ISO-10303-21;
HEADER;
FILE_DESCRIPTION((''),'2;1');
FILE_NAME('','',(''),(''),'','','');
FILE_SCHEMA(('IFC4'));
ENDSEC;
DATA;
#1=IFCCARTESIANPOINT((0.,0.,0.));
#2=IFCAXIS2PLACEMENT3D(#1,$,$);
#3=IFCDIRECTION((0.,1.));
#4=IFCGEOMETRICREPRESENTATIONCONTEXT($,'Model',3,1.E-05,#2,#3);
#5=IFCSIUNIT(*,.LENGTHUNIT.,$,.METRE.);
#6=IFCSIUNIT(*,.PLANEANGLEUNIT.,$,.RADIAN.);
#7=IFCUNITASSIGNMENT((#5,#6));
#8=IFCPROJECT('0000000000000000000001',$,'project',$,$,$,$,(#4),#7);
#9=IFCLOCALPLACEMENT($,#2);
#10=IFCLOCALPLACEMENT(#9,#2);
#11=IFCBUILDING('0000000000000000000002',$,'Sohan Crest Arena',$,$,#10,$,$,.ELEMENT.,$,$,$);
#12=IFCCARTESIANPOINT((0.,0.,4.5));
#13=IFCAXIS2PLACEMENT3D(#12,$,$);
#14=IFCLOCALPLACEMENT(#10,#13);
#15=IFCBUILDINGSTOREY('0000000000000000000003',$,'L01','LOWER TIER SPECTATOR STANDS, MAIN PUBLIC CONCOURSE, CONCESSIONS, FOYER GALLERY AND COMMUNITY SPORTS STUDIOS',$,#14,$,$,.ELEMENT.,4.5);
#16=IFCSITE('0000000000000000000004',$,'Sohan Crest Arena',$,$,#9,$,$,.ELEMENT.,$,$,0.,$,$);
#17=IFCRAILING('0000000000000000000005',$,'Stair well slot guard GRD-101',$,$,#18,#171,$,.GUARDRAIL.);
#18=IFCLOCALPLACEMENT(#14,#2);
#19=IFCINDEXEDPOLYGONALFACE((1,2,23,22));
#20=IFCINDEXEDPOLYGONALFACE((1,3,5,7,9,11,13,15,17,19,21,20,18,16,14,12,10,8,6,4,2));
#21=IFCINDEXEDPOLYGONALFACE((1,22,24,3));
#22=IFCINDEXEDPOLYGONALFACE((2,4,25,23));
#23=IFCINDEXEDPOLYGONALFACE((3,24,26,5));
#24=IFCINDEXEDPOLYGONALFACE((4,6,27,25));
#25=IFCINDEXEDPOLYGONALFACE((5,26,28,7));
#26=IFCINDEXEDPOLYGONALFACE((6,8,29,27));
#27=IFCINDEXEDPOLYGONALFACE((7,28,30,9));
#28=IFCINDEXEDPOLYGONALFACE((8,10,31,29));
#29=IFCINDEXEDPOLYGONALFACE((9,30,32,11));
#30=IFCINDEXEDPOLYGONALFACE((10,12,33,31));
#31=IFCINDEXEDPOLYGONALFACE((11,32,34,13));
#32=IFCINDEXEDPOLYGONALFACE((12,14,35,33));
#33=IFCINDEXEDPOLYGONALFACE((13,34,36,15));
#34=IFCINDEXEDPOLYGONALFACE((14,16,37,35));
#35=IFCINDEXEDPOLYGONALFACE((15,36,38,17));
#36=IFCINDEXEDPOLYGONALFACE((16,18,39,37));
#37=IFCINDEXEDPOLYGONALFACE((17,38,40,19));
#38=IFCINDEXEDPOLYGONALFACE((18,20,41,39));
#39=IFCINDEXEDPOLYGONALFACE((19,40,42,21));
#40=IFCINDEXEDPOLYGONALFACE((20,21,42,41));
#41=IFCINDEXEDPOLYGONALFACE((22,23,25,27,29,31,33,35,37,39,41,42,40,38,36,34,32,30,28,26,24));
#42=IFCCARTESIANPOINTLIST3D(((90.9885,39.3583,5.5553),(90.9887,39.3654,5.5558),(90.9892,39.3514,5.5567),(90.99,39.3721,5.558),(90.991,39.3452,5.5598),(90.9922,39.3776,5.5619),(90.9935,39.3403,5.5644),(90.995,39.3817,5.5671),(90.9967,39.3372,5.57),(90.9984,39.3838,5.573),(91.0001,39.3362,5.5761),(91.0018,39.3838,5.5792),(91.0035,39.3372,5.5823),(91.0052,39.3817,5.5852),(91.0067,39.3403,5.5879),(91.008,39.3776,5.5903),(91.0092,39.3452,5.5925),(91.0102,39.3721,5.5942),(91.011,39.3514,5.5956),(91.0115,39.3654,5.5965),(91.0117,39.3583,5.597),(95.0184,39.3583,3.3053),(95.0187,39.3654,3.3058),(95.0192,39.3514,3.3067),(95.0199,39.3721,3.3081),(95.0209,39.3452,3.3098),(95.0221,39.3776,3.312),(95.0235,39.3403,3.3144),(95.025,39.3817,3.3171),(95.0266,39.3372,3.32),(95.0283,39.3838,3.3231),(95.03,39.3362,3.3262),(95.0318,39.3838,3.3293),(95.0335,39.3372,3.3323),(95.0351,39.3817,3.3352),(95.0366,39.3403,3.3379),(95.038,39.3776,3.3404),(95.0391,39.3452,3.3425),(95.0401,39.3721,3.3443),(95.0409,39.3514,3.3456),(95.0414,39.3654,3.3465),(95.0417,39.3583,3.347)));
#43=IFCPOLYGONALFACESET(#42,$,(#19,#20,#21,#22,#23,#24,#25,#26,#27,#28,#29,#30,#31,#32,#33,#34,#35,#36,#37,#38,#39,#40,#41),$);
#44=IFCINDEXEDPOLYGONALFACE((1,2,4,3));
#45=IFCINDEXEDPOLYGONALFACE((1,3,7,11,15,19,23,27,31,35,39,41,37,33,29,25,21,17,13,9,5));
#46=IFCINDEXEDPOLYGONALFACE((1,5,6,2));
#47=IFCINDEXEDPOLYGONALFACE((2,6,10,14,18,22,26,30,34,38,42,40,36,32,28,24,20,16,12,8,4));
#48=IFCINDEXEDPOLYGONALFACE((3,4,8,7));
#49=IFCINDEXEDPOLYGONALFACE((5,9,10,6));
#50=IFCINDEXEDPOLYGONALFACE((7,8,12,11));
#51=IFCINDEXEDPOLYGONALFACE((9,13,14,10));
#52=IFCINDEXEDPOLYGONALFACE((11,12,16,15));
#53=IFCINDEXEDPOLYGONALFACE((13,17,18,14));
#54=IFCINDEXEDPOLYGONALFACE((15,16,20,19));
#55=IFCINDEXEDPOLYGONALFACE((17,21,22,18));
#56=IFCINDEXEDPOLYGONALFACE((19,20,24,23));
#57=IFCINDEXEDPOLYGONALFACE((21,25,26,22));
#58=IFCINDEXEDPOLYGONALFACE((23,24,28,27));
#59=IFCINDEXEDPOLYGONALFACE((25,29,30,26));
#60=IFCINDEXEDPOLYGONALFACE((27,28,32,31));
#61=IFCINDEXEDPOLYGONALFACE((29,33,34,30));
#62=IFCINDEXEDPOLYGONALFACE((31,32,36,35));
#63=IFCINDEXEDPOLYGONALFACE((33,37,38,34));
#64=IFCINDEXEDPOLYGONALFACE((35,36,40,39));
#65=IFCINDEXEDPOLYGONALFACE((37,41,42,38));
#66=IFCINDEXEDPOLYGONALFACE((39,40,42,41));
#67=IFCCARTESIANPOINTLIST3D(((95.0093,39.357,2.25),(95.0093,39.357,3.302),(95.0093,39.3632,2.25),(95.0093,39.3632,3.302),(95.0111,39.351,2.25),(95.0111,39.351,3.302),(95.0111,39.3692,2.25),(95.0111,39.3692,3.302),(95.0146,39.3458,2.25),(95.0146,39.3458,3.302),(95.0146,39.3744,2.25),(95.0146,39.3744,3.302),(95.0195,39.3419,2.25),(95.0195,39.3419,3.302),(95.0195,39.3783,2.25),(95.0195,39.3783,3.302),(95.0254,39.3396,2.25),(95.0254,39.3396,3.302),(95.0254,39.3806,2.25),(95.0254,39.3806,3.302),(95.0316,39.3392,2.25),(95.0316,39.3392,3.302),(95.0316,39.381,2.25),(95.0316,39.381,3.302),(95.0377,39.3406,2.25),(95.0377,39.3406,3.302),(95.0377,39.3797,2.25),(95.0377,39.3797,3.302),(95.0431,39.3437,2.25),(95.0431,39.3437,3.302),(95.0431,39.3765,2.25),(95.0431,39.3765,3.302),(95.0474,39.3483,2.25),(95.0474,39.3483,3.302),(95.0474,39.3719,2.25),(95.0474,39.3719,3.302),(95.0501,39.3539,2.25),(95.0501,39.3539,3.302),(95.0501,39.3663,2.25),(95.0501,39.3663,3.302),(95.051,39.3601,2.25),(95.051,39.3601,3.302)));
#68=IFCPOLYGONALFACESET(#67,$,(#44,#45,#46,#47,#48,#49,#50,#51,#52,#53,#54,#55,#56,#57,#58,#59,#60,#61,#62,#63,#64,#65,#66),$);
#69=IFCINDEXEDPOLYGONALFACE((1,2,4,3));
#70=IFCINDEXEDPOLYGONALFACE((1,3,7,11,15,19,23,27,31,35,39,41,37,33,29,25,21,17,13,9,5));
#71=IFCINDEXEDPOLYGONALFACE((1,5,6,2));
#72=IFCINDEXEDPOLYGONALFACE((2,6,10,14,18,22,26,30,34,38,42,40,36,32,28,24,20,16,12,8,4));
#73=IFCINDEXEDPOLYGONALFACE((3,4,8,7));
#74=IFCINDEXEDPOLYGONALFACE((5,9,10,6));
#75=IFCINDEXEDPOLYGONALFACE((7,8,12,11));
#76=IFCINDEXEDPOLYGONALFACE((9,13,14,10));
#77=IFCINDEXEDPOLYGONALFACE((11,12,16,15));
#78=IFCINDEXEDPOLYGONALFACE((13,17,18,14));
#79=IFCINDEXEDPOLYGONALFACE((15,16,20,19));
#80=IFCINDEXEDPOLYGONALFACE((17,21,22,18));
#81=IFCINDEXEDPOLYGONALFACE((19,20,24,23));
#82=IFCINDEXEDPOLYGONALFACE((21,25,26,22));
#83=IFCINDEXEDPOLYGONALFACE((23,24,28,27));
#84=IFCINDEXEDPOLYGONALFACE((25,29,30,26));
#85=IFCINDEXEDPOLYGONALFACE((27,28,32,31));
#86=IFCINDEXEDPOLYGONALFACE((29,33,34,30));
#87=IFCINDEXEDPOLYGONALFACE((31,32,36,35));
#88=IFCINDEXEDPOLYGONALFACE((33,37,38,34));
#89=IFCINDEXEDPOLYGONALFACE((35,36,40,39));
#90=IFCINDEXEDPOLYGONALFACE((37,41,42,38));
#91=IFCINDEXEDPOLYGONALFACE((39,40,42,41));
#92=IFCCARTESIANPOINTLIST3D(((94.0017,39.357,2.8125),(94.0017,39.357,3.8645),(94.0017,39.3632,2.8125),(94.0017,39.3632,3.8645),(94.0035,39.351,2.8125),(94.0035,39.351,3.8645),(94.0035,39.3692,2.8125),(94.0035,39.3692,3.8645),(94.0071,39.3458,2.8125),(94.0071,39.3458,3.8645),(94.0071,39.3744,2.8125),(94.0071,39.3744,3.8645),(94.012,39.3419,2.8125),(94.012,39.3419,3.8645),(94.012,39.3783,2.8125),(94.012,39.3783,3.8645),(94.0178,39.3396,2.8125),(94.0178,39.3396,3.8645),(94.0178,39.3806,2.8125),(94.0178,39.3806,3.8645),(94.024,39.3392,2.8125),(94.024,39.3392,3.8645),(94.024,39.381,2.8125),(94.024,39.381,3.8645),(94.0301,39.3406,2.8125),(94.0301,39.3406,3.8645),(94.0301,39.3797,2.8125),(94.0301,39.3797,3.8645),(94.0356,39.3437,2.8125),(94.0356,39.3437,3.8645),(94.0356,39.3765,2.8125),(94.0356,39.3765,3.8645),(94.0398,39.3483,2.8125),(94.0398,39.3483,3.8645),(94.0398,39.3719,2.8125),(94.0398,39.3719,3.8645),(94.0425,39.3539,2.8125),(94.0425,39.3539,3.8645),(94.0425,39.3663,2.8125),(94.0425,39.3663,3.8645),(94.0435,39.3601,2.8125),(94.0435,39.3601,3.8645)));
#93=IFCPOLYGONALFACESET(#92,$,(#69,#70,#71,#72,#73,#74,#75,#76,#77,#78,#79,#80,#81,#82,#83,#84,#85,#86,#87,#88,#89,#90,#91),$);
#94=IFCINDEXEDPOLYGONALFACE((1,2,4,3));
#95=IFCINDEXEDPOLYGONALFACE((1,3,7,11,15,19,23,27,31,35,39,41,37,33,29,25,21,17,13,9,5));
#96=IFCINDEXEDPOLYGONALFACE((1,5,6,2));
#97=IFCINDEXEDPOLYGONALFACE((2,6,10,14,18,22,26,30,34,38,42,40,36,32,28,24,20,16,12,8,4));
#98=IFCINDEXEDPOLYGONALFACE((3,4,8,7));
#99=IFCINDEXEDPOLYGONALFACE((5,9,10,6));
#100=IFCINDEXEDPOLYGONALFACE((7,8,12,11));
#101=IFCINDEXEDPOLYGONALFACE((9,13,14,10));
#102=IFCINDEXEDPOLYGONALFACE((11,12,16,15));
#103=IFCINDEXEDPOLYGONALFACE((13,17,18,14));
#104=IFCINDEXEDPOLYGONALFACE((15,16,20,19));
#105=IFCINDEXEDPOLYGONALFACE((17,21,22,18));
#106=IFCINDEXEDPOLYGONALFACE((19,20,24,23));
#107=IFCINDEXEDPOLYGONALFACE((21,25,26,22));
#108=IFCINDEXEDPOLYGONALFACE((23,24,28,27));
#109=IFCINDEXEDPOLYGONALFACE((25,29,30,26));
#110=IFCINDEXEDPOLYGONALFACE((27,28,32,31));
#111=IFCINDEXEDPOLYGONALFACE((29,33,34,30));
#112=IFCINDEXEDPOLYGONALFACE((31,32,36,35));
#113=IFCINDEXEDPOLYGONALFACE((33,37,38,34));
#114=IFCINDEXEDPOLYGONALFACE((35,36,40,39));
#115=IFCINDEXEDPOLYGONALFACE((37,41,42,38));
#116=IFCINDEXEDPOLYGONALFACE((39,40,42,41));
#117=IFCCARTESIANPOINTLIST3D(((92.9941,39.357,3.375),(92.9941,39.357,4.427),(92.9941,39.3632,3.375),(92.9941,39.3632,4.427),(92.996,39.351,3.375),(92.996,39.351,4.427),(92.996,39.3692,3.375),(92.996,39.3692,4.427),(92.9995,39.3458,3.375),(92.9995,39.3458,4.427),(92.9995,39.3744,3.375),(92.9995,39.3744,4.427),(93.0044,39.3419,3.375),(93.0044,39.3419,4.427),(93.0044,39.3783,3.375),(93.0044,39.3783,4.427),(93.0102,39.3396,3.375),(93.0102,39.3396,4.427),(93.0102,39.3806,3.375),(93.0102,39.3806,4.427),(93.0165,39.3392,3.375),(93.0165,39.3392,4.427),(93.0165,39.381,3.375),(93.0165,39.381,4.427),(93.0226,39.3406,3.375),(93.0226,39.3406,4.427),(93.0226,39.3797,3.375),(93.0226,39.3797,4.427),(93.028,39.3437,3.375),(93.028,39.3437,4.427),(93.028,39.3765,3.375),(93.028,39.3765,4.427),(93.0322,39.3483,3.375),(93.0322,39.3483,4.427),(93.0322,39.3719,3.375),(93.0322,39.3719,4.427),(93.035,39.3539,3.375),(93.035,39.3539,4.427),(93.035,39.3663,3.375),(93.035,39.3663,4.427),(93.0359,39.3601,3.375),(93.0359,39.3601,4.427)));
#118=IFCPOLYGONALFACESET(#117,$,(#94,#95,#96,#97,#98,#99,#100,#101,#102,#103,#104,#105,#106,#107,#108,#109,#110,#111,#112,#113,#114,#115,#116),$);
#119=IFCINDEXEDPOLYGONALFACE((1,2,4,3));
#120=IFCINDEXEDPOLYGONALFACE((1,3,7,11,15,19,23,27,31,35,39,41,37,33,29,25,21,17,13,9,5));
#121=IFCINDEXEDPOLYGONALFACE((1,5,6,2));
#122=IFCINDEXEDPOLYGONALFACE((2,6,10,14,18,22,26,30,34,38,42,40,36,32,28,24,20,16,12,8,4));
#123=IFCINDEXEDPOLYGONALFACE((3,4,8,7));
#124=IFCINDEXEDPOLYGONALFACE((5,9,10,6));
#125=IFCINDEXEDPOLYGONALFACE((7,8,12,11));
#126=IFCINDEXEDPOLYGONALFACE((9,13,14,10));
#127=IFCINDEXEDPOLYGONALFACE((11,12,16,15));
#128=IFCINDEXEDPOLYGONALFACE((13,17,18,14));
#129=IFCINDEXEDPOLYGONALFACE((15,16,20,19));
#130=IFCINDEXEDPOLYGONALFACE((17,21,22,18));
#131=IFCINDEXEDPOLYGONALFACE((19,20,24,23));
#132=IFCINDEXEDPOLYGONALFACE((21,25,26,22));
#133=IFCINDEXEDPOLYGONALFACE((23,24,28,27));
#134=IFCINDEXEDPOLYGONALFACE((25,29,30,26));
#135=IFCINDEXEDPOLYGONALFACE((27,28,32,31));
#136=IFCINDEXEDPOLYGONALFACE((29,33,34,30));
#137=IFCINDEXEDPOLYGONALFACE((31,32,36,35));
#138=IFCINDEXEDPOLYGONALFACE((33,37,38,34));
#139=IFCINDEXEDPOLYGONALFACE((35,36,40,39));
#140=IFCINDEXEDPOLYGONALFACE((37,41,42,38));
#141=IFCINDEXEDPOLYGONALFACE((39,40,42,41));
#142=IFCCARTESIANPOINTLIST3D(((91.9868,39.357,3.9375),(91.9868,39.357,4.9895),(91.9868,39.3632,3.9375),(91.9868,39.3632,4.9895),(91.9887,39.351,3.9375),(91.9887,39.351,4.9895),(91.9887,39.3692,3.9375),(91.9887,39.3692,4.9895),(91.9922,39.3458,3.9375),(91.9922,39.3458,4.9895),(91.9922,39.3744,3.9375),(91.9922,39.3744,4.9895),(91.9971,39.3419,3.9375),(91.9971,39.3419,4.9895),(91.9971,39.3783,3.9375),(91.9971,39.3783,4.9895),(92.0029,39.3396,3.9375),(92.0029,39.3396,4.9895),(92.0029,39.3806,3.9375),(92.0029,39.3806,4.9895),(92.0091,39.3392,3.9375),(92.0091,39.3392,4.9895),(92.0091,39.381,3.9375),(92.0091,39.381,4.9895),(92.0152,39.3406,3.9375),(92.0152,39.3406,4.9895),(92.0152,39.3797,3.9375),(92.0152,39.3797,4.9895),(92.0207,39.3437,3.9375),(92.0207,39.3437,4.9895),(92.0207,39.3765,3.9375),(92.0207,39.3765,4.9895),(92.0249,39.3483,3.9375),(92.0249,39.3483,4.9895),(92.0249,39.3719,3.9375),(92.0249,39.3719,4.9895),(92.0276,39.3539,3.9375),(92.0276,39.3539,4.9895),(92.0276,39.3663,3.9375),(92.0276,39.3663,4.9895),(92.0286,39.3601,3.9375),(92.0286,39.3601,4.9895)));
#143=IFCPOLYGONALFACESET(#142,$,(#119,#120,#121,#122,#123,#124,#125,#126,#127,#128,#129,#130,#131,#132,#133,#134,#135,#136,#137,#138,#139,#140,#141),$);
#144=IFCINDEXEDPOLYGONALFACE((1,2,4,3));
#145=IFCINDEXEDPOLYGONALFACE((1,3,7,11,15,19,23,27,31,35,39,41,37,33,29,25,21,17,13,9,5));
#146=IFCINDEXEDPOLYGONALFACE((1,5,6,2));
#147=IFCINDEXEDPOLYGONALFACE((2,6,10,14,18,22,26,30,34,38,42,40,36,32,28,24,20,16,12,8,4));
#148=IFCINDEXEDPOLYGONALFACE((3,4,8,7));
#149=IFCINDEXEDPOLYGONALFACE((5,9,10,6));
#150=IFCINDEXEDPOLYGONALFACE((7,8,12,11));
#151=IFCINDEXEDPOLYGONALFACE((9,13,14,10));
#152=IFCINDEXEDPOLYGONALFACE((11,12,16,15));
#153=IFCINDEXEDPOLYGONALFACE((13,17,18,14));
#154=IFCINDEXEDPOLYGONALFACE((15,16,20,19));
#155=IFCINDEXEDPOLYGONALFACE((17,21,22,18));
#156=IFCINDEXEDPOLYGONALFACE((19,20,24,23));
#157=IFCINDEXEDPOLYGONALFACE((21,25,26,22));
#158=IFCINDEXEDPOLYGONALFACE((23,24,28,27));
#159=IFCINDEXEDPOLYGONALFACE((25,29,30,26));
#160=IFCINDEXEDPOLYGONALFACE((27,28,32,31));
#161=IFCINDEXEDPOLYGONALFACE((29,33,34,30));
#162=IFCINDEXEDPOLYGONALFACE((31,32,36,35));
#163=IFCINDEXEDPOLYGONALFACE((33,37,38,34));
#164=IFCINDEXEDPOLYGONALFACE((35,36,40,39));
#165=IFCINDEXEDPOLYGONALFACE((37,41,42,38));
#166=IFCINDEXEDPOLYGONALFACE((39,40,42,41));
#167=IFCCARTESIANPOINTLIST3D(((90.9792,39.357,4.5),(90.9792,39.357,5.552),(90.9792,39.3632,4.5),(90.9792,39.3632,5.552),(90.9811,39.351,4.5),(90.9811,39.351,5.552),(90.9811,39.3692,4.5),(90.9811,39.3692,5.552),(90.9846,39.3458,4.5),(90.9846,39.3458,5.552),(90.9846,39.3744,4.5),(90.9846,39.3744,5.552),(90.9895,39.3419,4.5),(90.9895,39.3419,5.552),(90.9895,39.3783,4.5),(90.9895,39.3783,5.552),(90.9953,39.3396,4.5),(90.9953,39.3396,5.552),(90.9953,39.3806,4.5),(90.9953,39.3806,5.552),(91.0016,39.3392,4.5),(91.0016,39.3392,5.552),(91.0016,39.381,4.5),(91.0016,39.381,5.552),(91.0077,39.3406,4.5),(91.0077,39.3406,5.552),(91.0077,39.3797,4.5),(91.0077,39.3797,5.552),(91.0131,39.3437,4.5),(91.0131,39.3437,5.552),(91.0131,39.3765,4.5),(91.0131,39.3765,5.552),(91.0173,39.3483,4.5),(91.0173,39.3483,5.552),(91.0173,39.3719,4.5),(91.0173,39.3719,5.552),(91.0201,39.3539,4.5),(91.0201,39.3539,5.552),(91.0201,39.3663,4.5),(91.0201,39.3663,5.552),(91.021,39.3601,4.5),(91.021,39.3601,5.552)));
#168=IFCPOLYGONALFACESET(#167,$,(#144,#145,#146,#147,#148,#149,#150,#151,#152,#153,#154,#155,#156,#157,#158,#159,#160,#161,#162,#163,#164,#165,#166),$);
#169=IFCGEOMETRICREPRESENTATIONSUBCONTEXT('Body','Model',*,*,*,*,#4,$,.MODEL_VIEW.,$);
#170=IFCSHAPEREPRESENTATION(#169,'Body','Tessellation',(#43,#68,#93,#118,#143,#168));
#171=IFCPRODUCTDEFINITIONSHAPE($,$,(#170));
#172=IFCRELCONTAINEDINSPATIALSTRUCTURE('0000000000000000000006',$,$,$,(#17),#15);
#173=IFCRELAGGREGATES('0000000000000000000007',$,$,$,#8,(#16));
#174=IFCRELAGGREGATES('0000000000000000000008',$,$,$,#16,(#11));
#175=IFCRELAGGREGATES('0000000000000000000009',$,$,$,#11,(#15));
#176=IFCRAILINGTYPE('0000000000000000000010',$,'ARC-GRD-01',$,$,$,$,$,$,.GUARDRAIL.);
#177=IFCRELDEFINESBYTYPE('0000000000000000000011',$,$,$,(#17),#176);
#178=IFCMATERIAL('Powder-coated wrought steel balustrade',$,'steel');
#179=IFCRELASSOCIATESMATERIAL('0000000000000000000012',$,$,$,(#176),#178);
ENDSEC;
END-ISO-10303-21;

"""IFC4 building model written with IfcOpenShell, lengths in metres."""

from ifc_helpers import new_model, si_unit, direction, frame, origin, origin_2d, place, context, subcontext, project, spatial, circle, extrude, material, type_object, element, save


model = new_model("IFC4")

# Units and contexts
model_context = context("Model", 3, precision=1e-05, world=origin(), true_north=direction((0.0, 1.0)))
body_context = subcontext(model_context, "Body", "Model", "MODEL_VIEW")
ifc_project = project(units=[si_unit("LENGTHUNIT", "METRE"), si_unit("PLANEANGLEUNIT", "RADIAN")], contexts=[model_context])

# Site, building, storey
site_placement = place(None, origin())
site = spatial("IfcSite", under=ifc_project, at=site_placement, Name="Sohan Crest Arena", CompositionType="ELEMENT", RefElevation=0.0)
building_placement = place(site_placement, origin())
building = spatial("IfcBuilding", under=site, at=building_placement, Name="Sohan Crest Arena", CompositionType="ELEMENT")
storey_placement = place(building_placement, frame((0.0, 0.0, 4.5)))
storey = spatial("IfcBuildingStorey", under=building, at=storey_placement, Name="L01", Description="LOWER TIER SPECTATOR STANDS, MAIN PUBLIC CONCOURSE, CONCESSIONS, FOYER GALLERY AND COMMUNITY SPORTS STUDIOS", CompositionType="ELEMENT", Elevation=4.5)

# Railing
ifc_material_1 = material(Name="Powder-coated wrought steel balustrade", Category="steel")
railing_type_1 = type_object("IfcRailingType", Name="ARC-GRD-01", PredefinedType="GUARDRAIL", material=ifc_material_1)
railing_1_placement = place(storey_placement, frame((95.03, 39.3601, 2.25)))
element("IfcRailing", 1, at=railing_1_placement, inside=storey, type_object=railing_type_1, Name="Stair well slot guard GRD-101", PredefinedType="GUARDRAIL", context=body_context, shape_type="SweptSolid", body=[
    extrude(circle(Radius=0.0239, at=origin_2d()), frame((0.0, 0.0, 1.0762), z_axis=(-0.873135, 0.0, 0.487479), x_axis=(0.0, -1.0, 0.0)), (0.0, 0.0, 1.0), 4.6155),
    extrude(circle(Radius=0.021, at=origin_2d()), origin(), (0.0, 0.0, 1.0), 1.052),
    extrude(circle(Radius=0.021, at=origin_2d()), frame((-1.0076, 0.0, 0.5625)), (0.0, 0.0, 1.0), 1.052),
    extrude(circle(Radius=0.021, at=origin_2d()), frame((-2.0151, 0.0, 1.125)), (0.0, 0.0, 1.0), 1.052),
    extrude(circle(Radius=0.021, at=origin_2d()), frame((-3.0225, 0.0, 1.6875)), (0.0, 0.0, 1.0), 1.052),
    extrude(circle(Radius=0.021, at=origin_2d()), frame((-4.03, 0.0, 2.25)), (0.0, 0.0, 1.0), 1.052),
])

save(model, "model.ifc")
